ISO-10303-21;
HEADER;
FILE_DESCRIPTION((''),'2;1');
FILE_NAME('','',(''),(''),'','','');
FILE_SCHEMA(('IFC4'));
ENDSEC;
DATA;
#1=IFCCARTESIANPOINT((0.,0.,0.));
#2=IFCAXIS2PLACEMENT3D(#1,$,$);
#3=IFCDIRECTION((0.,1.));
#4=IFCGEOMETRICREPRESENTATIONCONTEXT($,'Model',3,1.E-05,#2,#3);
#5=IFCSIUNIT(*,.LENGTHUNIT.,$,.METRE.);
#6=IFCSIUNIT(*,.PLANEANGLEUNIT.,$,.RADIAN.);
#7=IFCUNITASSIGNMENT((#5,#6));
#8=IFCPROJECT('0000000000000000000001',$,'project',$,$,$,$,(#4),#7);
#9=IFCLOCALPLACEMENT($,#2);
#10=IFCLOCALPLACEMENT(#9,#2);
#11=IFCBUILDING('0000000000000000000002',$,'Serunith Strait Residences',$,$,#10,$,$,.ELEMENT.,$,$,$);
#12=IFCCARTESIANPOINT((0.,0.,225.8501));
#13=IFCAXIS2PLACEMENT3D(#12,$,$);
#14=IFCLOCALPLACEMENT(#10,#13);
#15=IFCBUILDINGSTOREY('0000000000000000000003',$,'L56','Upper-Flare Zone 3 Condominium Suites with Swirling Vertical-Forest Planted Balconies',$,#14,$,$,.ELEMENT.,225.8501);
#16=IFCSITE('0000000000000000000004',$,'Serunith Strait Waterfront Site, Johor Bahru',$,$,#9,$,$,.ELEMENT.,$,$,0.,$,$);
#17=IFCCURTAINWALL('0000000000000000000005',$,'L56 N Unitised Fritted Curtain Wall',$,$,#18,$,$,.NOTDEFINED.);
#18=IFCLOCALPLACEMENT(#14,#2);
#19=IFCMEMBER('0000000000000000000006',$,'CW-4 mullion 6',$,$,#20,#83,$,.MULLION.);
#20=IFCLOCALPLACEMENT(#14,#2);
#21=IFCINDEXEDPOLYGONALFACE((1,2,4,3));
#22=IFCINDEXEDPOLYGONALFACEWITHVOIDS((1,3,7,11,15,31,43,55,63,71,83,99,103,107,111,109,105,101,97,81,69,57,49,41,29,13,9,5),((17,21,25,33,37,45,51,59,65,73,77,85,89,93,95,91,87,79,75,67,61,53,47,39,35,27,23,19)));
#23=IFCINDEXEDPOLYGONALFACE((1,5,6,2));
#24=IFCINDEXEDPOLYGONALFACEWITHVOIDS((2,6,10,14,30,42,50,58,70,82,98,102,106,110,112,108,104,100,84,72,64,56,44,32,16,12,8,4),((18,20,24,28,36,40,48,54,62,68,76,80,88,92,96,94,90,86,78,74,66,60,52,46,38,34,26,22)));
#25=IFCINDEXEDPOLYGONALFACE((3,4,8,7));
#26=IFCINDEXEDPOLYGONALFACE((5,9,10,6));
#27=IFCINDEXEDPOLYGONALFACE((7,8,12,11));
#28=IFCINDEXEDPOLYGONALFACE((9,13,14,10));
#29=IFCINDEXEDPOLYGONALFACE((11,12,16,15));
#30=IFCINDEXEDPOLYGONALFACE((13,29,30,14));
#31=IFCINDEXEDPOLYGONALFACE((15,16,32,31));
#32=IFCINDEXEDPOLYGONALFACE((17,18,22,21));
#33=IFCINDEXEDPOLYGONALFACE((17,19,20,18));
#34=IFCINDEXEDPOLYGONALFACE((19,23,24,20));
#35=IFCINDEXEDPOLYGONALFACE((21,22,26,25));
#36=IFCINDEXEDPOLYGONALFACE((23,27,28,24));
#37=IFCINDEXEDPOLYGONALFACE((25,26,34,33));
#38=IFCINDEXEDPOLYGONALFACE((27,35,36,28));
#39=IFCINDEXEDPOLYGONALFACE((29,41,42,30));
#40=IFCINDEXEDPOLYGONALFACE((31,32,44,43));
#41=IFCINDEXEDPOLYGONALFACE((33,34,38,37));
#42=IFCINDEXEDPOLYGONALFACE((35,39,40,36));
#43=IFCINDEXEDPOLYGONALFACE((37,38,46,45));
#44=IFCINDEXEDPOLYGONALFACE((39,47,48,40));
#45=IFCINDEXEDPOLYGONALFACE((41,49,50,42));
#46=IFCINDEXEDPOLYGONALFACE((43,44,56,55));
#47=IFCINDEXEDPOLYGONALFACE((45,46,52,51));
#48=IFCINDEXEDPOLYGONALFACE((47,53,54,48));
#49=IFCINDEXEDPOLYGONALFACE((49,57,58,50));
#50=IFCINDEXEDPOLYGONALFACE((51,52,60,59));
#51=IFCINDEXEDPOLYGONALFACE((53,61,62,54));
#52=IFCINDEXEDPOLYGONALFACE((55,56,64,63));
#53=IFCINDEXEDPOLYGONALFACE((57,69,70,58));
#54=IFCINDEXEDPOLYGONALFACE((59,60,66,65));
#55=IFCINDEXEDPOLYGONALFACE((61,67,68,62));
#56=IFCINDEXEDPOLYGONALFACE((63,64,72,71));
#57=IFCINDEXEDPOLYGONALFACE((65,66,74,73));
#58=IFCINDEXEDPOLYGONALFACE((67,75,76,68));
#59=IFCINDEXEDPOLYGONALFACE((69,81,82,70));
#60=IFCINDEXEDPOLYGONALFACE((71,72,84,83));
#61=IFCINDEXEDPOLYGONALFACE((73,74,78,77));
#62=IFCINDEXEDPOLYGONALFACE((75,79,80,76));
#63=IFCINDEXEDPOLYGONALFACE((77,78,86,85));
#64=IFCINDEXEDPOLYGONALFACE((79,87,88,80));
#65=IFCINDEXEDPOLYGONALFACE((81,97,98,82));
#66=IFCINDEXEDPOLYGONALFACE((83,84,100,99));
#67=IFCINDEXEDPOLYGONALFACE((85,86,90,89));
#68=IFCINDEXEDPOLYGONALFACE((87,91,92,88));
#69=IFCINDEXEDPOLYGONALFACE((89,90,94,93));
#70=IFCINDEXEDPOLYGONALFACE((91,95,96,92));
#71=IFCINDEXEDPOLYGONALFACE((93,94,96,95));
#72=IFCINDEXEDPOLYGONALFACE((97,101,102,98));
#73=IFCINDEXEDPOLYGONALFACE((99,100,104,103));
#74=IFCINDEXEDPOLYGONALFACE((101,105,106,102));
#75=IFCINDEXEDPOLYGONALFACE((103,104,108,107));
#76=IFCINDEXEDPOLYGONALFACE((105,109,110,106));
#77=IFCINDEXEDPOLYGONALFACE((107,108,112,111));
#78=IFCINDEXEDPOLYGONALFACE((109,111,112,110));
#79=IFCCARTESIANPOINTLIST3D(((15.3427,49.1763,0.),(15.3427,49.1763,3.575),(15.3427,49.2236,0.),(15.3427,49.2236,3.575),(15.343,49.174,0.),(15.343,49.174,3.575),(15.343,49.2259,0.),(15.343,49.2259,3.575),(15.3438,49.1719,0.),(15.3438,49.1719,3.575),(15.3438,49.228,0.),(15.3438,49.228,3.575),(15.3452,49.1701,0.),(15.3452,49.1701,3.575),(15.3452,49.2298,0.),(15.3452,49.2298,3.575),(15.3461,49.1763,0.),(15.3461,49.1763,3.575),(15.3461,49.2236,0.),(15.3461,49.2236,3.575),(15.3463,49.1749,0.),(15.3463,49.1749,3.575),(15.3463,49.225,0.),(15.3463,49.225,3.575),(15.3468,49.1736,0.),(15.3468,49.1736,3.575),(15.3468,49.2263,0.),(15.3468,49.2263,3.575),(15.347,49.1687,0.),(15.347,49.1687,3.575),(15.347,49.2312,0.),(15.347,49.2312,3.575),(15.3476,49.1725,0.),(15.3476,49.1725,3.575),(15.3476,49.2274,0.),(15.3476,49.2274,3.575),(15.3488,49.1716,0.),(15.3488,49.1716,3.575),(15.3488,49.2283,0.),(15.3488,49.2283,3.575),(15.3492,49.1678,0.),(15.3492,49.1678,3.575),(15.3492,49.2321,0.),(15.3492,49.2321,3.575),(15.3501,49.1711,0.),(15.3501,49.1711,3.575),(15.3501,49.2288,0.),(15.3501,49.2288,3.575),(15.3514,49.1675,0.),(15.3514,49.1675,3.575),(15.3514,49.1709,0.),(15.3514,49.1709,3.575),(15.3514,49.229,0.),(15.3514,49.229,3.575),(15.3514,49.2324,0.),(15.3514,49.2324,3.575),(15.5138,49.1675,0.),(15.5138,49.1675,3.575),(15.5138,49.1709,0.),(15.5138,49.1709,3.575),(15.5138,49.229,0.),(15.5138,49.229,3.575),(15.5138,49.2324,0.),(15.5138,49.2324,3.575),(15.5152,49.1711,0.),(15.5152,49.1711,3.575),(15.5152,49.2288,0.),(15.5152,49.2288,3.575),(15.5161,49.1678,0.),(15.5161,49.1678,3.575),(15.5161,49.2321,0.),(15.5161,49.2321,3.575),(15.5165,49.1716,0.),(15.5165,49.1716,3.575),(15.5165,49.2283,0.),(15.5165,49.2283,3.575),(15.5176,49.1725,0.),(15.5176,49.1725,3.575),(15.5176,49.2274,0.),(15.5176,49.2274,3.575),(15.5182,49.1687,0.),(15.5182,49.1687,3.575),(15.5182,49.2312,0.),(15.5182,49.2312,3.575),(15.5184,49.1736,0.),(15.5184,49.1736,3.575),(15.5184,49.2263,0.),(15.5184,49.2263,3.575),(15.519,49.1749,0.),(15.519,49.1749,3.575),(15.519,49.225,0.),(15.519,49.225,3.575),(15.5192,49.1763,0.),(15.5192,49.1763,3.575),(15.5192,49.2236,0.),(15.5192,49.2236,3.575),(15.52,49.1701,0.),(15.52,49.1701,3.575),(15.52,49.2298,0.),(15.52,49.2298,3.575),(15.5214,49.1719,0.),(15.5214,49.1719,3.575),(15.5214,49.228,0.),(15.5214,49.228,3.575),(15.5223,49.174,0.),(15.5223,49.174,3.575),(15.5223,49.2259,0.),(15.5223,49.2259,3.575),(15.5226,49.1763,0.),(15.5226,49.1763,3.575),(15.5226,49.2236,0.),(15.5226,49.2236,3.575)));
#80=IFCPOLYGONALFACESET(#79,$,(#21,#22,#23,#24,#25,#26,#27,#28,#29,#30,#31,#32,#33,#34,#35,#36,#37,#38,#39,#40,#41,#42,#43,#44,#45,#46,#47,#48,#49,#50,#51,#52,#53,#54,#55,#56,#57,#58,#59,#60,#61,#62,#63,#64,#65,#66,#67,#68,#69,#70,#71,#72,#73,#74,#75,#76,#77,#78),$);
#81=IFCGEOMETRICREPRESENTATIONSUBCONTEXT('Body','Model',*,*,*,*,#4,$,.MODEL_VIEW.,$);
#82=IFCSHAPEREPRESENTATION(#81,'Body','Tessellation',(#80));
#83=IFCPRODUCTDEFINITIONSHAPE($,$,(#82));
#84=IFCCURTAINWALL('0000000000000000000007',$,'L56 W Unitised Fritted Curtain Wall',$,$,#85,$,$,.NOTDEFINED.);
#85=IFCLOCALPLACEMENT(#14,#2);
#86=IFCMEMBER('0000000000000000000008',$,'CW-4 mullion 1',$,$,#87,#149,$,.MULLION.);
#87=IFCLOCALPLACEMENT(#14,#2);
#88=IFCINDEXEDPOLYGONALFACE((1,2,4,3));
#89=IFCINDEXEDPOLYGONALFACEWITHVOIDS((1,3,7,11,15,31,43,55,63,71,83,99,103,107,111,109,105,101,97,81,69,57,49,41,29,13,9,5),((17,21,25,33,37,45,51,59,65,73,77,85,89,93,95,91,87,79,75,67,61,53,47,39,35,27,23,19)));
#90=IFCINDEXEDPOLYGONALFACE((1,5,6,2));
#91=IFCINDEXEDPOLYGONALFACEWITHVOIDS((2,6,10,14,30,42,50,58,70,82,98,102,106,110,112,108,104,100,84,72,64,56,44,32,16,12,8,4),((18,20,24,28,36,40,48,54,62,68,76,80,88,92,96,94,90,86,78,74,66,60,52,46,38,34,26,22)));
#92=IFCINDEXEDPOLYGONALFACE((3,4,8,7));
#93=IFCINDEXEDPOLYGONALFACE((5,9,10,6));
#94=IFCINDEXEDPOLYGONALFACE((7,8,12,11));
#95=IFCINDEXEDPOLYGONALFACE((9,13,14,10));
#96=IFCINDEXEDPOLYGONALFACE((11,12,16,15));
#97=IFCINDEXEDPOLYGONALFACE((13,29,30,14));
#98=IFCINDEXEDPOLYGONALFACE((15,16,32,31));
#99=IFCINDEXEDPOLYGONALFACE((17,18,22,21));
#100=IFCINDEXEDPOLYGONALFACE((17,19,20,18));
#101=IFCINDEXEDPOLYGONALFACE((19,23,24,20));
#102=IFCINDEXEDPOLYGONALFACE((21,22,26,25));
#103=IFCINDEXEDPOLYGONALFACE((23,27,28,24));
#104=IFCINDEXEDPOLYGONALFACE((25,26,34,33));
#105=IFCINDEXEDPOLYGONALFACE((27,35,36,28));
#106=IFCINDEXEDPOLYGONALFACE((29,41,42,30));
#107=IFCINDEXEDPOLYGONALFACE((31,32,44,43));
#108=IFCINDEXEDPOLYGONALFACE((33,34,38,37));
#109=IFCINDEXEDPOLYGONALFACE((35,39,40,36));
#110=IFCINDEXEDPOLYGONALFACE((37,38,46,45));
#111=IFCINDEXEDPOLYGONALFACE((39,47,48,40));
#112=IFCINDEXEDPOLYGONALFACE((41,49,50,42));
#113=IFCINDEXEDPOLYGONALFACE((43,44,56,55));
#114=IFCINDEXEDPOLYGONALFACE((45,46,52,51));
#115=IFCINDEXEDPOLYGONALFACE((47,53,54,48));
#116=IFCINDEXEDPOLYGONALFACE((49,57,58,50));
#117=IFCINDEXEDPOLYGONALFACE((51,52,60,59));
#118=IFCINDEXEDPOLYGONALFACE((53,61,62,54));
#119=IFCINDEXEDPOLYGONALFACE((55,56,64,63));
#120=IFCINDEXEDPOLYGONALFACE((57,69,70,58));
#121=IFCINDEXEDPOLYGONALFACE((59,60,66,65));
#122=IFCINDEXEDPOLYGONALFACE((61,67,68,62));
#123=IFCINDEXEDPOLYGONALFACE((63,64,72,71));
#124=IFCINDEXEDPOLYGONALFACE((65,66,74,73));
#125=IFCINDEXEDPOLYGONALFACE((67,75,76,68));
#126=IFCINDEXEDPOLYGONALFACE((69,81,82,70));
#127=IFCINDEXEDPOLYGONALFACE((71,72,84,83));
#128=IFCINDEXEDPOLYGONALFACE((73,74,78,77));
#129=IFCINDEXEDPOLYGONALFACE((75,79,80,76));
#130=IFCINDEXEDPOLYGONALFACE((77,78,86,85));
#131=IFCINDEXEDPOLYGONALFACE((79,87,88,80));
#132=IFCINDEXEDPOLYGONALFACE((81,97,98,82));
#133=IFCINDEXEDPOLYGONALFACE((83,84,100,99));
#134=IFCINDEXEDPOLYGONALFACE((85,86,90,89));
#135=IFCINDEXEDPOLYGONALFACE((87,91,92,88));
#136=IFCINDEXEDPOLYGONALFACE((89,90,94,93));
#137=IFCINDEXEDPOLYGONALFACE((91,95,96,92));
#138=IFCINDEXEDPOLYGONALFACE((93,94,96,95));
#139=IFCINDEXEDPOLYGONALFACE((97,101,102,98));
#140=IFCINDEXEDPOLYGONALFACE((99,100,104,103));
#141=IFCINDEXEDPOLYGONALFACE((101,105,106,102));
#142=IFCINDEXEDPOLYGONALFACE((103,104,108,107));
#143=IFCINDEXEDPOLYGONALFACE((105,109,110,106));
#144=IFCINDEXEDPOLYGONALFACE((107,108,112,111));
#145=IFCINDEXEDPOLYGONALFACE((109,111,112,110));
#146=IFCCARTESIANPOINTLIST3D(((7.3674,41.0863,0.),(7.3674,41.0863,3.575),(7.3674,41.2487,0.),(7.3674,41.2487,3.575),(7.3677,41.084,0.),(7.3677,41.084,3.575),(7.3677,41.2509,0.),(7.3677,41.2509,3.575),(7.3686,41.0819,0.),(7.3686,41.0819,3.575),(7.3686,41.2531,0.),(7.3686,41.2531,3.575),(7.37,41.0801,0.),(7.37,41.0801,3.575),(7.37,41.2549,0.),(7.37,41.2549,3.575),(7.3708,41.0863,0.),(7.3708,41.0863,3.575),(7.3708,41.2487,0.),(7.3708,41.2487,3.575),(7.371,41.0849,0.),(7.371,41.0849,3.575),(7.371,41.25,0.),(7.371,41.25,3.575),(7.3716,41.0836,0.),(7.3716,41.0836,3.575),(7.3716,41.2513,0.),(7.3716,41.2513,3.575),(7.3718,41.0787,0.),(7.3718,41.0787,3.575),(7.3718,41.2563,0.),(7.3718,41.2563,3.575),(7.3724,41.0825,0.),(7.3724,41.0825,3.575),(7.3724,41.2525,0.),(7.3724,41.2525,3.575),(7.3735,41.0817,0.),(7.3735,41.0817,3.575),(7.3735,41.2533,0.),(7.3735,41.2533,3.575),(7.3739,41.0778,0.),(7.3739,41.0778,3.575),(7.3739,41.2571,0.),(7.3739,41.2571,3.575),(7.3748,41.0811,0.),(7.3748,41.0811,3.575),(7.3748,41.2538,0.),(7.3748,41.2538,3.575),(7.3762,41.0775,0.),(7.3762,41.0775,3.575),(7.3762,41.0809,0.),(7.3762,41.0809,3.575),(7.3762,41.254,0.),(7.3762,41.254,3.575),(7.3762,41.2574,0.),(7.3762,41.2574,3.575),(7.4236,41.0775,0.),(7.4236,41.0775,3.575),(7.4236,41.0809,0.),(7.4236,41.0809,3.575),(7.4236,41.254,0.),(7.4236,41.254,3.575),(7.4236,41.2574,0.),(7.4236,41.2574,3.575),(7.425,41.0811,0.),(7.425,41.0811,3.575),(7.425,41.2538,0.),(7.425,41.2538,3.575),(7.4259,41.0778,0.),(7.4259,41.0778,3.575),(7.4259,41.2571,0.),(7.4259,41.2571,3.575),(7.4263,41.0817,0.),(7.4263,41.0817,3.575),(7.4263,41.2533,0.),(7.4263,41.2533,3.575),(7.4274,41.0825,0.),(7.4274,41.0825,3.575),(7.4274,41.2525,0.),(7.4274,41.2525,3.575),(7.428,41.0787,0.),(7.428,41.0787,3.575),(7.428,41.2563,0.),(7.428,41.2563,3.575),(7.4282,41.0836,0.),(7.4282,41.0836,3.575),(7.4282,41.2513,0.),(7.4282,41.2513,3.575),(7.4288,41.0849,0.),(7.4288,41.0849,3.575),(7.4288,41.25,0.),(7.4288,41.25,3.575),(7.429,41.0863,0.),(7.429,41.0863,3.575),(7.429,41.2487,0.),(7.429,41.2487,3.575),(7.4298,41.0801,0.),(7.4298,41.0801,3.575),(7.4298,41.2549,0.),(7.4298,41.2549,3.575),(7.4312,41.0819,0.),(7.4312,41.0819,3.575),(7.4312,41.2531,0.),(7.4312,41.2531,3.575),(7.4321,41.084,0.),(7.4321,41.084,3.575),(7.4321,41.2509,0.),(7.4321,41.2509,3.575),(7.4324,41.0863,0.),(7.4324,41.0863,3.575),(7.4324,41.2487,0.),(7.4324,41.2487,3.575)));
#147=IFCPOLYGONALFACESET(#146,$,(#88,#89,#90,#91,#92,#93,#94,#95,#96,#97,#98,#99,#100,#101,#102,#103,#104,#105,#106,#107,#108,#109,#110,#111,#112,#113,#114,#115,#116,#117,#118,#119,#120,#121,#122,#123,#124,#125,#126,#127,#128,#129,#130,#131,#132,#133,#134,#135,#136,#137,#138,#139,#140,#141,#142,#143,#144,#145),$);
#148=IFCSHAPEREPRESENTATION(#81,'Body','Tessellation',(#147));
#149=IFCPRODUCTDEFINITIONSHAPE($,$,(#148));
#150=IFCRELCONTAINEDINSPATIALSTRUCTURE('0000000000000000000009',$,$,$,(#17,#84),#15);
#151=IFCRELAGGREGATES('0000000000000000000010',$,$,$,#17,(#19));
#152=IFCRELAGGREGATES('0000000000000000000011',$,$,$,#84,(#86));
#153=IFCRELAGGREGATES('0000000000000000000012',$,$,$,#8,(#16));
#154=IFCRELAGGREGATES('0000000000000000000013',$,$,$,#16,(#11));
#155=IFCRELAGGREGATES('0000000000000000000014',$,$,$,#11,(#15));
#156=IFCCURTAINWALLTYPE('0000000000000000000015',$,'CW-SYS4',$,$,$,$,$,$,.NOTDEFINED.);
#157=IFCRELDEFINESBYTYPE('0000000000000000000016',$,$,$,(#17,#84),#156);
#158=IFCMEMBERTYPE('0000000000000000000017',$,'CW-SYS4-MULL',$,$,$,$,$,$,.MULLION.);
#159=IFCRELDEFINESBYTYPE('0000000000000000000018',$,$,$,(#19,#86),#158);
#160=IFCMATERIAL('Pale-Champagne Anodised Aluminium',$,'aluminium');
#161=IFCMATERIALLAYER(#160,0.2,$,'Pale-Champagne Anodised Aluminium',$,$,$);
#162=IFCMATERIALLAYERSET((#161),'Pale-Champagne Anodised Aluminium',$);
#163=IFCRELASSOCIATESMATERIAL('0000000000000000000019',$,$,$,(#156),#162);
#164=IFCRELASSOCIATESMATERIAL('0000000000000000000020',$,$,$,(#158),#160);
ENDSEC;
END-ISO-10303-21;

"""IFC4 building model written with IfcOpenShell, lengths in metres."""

from ifc_helpers import new_model, si_unit, direction, frame, origin, origin_2d, place, context, subcontext, project, spatial, hollow_rectangle, extrude, source, transform, mapped, material, layer, layer_set, material_profile, profile_set, type_object, element, aggregate, save


model = new_model("IFC4")

# Units and contexts
model_context = context("Model", 3, precision=1e-05, world=origin(), true_north=direction((0.0, 1.0)))
body_context = subcontext(model_context, "Body", "Model", "MODEL_VIEW")
ifc_project = project(units=[si_unit("LENGTHUNIT", "METRE"), si_unit("PLANEANGLEUNIT", "RADIAN")], contexts=[model_context])

# Site, building, storey
site_placement = place(None, origin())
site = spatial("IfcSite", under=ifc_project, at=site_placement, Name="Serunith Strait Waterfront Site, Johor Bahru", CompositionType="ELEMENT", RefElevation=0.0)
building_placement = place(site_placement, origin())
building = spatial("IfcBuilding", under=site, at=building_placement, Name="Serunith Strait Residences", CompositionType="ELEMENT")
storey_placement = place(building_placement, frame((0.0, 0.0, 225.8501)))
storey = spatial("IfcBuildingStorey", under=building, at=storey_placement, Name="L56", Description="Upper-Flare Zone 3 Condominium Suites with Swirling Vertical-Forest Planted Balconies", CompositionType="ELEMENT", Elevation=225.8501)

# Curtain wall, member
ifc_material_1 = material(Name="Pale-Champagne Anodised Aluminium", Category="aluminium")
ifc_layer_1 = layer(ifc_material_1, 0.2, Name="Pale-Champagne Anodised Aluminium")
ifc_layer_set_1 = layer_set([ifc_layer_1], Name="Pale-Champagne Anodised Aluminium")
curtain_wall_type = type_object("IfcCurtainWallType", Name="CW-SYS4", PredefinedType="NOTDEFINED", material=ifc_layer_set_1)
curtain_wall_1_placement = place(storey_placement, origin())
curtain_wall_1 = element("IfcCurtainWall", 1, at=curtain_wall_1_placement, inside=storey, type_object=curtain_wall_type, Name="L56 N Unitised Fritted Curtain Wall", PredefinedType="NOTDEFINED")
ifc_material_profile_1 = material_profile(ifc_material_1, hollow_rectangle(XDim=0.0649, YDim=0.1799, WallThickness=0.0034, InnerFilletRadius=0.0054, OuterFilletRadius=0.0088, at=origin_2d()), Name="ALU 180x65x3.5")
ifc_profile_set_1 = profile_set([ifc_material_profile_1], Name="Pale-Champagne Anodised Aluminium")
member_type_1 = type_object("IfcMemberType", Name="CW-SYS4-MULL", PredefinedType="MULLION", material=ifc_profile_set_1)
shared_shape_1 = source(origin(), body_context, "Body", "SweptSolid", [
    extrude(hollow_rectangle(XDim=0.0649, YDim=0.1799, WallThickness=0.0034, InnerFilletRadius=0.0054, OuterFilletRadius=0.0088, at=origin_2d()), origin(), (0.0, 0.0, 1.0), 3.575),
])
member_1_placement = place(storey_placement, frame((15.4326, 49.2, 0.0), z_axis=(0.0, 0.0, 1.0), x_axis=(0.0, -1.0, 0.0)))
member_1 = element("IfcMember", 2, at=member_1_placement, type_object=member_type_1, Name="CW-4 mullion 6", PredefinedType="MULLION", context=body_context, shape_type="MappedRepresentation", body=[
    mapped(shared_shape_1, transform((0.0, 0.0, 0.0), scale=1.0)),
])
aggregate(curtain_wall_1, [member_1])

# Curtain wall, member
curtain_wall_2_placement = place(storey_placement, origin())
curtain_wall_2 = element("IfcCurtainWall", 3, at=curtain_wall_2_placement, inside=storey, type_object=curtain_wall_type, Name="L56 W Unitised Fritted Curtain Wall", PredefinedType="NOTDEFINED")
member_2_placement = place(storey_placement, frame((7.3999, 41.1675, 0.0), z_axis=(0.0, 0.0, 1.0), x_axis=(1.0, 0.0, 0.0)))
member_2 = element("IfcMember", 4, at=member_2_placement, type_object=member_type_1, Name="CW-4 mullion 1", PredefinedType="MULLION", context=body_context, shape_type="MappedRepresentation", body=[
    mapped(shared_shape_1, transform((0.0, 0.0, 0.0), scale=1.0)),
])
aggregate(curtain_wall_2, [member_2])

save(model, "model.ifc")
